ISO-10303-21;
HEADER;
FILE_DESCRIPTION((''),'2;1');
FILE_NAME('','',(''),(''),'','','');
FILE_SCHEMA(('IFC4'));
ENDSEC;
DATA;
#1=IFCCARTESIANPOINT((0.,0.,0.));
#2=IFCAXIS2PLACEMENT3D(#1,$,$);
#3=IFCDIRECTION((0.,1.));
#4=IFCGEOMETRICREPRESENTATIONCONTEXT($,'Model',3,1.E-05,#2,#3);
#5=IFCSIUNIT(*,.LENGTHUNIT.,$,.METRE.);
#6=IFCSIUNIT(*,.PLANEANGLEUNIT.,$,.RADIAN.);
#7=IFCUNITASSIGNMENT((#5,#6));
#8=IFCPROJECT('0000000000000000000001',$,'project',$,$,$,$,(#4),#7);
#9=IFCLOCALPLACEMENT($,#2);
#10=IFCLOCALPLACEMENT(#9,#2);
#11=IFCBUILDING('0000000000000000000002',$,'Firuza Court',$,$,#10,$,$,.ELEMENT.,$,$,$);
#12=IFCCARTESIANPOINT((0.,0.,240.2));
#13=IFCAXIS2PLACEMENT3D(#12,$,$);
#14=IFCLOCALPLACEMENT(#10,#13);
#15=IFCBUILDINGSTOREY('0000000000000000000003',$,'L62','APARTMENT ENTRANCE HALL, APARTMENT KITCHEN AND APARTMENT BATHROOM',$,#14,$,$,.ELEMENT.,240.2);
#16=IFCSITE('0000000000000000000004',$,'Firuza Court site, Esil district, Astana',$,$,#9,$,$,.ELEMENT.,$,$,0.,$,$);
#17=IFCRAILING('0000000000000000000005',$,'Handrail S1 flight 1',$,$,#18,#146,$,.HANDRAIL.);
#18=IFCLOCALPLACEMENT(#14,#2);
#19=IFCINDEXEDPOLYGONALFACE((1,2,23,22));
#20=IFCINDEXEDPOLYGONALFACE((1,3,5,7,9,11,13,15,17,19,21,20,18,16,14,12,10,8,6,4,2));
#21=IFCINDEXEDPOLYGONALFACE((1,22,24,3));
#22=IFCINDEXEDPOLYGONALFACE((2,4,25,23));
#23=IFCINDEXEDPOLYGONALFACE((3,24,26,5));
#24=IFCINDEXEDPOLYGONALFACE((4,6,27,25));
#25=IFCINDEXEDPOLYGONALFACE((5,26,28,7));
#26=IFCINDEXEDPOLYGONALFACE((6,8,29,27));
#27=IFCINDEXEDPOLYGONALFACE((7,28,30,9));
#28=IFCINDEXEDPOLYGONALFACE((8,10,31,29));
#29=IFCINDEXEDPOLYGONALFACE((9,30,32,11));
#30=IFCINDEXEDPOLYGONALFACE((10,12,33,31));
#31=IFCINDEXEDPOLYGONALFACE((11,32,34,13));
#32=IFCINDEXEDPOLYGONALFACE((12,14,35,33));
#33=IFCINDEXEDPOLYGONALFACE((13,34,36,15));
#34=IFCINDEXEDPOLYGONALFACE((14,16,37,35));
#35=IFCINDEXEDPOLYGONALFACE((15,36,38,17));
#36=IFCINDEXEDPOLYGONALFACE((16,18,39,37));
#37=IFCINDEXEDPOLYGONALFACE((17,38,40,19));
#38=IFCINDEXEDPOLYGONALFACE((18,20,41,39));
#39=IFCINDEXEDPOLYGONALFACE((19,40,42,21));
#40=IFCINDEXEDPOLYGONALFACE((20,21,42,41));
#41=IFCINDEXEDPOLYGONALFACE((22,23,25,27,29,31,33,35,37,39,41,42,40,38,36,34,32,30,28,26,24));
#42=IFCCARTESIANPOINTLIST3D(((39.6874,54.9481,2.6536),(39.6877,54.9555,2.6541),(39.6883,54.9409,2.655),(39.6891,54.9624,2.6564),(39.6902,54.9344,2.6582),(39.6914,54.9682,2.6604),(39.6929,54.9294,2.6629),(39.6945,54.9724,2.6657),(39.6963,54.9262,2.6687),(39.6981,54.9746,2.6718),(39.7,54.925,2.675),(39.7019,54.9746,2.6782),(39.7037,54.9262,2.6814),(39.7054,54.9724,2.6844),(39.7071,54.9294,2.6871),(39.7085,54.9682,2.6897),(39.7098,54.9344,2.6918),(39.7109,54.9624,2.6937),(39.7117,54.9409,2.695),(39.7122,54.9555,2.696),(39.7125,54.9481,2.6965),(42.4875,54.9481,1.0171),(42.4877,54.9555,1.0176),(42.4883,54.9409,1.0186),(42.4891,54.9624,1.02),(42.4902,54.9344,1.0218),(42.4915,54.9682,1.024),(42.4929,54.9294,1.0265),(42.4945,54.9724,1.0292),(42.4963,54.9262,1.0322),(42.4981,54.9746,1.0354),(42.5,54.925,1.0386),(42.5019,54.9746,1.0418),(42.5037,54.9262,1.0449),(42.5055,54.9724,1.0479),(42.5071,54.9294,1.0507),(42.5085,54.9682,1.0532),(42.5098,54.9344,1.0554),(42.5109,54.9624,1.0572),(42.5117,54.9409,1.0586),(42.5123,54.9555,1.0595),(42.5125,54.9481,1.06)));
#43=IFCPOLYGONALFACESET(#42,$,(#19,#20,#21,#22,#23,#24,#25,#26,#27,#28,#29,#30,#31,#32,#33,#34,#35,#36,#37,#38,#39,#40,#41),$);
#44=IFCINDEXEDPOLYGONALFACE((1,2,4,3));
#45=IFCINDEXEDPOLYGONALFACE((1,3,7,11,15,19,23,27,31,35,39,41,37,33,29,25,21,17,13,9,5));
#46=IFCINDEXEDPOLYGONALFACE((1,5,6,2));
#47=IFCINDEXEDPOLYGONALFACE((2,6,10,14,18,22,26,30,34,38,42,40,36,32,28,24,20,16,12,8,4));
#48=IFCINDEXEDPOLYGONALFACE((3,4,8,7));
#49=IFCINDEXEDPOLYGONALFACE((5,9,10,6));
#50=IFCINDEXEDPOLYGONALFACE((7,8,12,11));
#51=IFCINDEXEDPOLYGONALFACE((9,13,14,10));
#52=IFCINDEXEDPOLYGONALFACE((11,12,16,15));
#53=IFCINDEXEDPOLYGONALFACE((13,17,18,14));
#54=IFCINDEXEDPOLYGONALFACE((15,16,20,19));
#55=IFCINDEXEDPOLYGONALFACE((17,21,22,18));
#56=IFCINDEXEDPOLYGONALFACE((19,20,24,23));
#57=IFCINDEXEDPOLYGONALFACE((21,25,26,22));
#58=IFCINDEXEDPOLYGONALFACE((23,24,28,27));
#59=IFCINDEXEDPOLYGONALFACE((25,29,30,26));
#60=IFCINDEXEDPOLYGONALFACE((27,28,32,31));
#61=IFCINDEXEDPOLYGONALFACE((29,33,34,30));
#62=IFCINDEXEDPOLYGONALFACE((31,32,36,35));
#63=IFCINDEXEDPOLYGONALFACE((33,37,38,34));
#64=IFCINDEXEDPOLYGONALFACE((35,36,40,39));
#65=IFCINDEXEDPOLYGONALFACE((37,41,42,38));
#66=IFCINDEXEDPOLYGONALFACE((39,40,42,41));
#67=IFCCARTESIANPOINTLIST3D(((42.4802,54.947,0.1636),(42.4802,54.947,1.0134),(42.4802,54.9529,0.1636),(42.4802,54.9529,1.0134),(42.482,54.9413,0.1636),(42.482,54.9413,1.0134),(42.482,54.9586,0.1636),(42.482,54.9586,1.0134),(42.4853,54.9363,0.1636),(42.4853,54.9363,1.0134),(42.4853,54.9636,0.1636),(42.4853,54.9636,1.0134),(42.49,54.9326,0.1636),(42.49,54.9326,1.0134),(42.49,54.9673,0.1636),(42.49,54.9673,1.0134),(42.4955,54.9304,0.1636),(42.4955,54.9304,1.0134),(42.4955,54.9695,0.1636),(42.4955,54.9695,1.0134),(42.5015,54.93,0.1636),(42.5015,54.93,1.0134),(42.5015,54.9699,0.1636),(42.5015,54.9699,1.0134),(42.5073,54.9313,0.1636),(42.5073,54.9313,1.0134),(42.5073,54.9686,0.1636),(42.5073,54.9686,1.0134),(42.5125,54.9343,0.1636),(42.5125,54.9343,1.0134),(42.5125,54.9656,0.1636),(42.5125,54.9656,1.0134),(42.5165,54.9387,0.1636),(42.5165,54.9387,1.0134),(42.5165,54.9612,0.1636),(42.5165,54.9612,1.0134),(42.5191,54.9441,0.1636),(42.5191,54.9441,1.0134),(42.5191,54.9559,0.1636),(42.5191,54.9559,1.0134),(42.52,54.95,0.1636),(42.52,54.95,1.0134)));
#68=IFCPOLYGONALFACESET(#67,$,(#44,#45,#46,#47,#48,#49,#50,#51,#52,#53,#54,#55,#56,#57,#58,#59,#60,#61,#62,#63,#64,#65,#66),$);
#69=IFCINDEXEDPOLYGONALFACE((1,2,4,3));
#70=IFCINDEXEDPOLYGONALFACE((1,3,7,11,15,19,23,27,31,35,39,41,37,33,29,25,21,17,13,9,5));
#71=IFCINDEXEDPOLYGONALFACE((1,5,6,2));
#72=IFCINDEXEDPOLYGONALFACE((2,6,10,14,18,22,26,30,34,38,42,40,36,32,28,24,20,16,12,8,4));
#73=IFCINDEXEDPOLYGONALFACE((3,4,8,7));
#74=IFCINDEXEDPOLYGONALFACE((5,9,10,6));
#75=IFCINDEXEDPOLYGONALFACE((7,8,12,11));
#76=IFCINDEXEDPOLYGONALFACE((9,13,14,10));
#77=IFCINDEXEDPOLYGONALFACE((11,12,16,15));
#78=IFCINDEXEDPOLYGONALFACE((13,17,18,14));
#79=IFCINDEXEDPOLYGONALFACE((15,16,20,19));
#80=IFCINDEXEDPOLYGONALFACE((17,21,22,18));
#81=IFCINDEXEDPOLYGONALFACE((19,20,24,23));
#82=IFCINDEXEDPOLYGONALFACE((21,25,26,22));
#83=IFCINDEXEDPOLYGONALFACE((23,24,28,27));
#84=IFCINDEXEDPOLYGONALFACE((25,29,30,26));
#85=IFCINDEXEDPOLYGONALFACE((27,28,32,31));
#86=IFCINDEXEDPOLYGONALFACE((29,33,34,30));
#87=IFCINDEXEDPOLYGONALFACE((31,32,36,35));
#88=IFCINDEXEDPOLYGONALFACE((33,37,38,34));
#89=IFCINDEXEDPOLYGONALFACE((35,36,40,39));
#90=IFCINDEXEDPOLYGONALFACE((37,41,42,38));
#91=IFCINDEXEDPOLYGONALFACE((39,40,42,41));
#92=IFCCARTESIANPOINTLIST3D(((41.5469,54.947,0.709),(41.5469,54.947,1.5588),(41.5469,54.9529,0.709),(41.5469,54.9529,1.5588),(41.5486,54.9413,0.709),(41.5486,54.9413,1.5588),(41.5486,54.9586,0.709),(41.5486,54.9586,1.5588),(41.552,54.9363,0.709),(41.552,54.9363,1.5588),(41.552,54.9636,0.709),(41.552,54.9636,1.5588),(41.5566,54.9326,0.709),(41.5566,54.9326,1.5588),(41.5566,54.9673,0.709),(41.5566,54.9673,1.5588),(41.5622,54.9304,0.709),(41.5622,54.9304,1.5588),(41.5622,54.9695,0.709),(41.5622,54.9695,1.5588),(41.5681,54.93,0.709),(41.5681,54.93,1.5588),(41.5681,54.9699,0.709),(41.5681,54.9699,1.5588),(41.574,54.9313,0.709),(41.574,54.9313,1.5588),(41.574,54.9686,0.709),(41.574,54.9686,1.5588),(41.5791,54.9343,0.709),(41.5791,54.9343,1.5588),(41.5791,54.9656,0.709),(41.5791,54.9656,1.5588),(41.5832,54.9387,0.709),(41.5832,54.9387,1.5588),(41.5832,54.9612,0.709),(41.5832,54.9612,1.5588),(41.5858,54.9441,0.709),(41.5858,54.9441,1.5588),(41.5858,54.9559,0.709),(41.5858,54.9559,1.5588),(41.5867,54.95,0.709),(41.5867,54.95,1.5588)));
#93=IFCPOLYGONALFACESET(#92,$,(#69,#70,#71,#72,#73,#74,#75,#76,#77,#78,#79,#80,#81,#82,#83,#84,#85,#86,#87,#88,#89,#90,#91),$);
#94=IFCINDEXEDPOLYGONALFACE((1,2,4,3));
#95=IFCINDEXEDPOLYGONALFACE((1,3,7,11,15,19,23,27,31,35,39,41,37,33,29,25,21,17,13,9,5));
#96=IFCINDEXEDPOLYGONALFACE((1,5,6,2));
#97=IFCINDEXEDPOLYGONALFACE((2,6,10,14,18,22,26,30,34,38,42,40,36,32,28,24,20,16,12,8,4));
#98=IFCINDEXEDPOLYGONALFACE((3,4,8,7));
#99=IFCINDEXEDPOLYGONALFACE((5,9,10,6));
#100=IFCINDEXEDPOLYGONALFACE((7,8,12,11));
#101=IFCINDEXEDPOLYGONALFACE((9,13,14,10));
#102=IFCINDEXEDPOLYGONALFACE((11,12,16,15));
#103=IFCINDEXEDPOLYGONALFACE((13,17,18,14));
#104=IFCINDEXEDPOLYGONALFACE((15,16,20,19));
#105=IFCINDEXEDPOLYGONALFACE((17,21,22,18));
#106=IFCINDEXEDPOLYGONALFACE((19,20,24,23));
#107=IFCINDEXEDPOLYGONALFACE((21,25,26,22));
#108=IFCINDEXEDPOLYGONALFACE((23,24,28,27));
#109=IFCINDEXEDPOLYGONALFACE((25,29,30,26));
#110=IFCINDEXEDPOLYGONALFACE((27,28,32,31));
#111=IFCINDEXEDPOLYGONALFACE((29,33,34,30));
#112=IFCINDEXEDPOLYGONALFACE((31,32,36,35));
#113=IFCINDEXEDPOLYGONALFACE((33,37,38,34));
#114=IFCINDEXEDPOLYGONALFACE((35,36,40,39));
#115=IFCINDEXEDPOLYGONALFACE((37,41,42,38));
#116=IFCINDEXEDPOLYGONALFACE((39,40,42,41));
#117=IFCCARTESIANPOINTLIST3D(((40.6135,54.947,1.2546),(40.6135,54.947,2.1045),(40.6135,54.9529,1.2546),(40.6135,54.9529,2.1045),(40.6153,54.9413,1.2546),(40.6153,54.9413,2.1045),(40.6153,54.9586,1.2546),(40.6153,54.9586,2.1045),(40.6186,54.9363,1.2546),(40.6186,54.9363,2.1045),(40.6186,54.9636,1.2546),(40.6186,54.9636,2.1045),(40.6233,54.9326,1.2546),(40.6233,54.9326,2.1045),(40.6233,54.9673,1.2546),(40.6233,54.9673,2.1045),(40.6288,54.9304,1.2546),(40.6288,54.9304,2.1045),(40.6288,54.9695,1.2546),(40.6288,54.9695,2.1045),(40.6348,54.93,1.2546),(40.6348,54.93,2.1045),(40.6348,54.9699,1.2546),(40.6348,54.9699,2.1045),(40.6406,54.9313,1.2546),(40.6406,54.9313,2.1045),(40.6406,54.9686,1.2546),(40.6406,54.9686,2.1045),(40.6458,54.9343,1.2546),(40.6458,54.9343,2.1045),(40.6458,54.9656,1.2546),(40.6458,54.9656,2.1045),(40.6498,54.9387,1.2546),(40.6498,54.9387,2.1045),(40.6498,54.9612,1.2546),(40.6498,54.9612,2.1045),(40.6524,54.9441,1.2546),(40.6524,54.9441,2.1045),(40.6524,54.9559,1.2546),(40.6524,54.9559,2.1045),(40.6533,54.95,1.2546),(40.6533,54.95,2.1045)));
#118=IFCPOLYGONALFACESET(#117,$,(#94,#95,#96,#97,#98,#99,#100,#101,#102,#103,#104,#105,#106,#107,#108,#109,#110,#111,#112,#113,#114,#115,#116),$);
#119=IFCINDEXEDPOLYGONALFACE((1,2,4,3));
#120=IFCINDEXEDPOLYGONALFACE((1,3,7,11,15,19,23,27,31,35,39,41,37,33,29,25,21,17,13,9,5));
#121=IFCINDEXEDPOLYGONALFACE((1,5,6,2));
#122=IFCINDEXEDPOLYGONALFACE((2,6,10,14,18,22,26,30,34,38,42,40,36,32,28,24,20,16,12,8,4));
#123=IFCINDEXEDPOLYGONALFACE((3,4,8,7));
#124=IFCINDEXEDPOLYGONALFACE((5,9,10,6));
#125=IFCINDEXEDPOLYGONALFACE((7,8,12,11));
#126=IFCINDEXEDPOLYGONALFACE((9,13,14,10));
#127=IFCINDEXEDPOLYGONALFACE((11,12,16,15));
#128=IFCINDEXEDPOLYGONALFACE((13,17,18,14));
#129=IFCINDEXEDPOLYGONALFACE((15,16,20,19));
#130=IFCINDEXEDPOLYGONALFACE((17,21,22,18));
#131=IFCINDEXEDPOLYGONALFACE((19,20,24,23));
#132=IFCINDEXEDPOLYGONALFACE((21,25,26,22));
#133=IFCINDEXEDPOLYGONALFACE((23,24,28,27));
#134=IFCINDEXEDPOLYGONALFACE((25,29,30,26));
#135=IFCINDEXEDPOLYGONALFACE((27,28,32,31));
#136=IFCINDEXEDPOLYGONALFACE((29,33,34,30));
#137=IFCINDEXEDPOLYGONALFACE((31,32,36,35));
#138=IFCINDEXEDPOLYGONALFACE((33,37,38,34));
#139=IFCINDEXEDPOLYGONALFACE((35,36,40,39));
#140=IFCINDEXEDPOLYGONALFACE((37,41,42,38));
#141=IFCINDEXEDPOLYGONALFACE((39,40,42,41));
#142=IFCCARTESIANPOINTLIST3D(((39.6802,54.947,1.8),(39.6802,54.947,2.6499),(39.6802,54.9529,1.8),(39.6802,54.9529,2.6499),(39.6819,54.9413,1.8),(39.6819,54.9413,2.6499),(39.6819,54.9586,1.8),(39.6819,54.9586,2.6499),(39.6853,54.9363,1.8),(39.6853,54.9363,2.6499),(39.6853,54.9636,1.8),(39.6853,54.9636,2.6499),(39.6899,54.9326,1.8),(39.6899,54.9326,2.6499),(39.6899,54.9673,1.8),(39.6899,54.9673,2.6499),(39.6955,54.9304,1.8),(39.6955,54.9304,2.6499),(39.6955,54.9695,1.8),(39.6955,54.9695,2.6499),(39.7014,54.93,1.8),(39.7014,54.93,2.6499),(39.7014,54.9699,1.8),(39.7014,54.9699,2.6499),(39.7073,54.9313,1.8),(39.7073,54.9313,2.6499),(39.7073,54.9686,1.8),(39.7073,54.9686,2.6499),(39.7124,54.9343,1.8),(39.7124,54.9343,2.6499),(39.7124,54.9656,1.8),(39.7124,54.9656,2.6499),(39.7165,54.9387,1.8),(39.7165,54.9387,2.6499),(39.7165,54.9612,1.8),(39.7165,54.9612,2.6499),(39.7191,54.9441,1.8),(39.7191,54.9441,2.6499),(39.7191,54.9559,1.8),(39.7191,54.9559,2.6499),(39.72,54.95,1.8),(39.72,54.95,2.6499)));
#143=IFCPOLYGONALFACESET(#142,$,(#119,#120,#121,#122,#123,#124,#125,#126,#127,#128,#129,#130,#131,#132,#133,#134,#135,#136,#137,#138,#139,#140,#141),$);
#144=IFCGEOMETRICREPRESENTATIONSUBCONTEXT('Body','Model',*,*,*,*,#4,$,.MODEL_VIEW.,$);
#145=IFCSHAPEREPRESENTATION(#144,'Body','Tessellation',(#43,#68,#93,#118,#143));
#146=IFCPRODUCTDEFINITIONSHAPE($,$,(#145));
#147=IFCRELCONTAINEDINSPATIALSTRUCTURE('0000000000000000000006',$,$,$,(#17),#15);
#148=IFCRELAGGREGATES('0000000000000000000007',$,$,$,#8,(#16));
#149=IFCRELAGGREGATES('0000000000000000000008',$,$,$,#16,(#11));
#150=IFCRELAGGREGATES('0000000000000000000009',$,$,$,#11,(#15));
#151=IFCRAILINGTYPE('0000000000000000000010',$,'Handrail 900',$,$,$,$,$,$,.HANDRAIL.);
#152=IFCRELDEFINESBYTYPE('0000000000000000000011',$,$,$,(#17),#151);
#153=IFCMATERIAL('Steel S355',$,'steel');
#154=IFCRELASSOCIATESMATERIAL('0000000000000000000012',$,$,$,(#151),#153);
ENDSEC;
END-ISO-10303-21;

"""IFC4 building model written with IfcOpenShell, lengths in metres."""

from ifc_helpers import new_model, si_unit, direction, frame, origin, origin_2d, place, context, subcontext, project, spatial, circle, extrude, material, type_object, element, save


model = new_model("IFC4")

# Units and contexts
model_context = context("Model", 3, precision=1e-05, world=origin(), true_north=direction((0.0, 1.0)))
body_context = subcontext(model_context, "Body", "Model", "MODEL_VIEW")
ifc_project = project(units=[si_unit("LENGTHUNIT", "METRE"), si_unit("PLANEANGLEUNIT", "RADIAN")], contexts=[model_context])

# Site, building, storey
site_placement = place(None, origin())
site = spatial("IfcSite", under=ifc_project, at=site_placement, Name="Firuza Court site, Esil district, Astana", CompositionType="ELEMENT", RefElevation=0.0)
building_placement = place(site_placement, origin())
building = spatial("IfcBuilding", under=site, at=building_placement, Name="Firuza Court", CompositionType="ELEMENT")
storey_placement = place(building_placement, frame((0.0, 0.0, 240.2)))
storey = spatial("IfcBuildingStorey", under=building, at=storey_placement, Name="L62", Description="APARTMENT ENTRANCE HALL, APARTMENT KITCHEN AND APARTMENT BATHROOM", CompositionType="ELEMENT", Elevation=240.2)

# Railing
ifc_material_1 = material(Name="Steel S355", Category="steel")
railing_type_1 = type_object("IfcRailingType", Name="Handrail 900", PredefinedType="HANDRAIL", material=ifc_material_1)
railing_1_placement = place(storey_placement, frame((42.5, 54.95, 0.1636)))
element("IfcRailing", 1, at=railing_1_placement, inside=storey, type_object=railing_type_1, Name="Handrail S1 flight 1", PredefinedType="HANDRAIL", context=body_context, shape_type="SweptSolid", body=[
    extrude(circle(Radius=0.0249, at=origin_2d()), frame((0.0, 0.0, 0.875), z_axis=(-0.863361, 0.0, 0.504587), x_axis=(0.0, -1.0, 0.0)), (0.0, 0.0, 1.0), 3.2432),
    extrude(circle(Radius=0.02, at=origin_2d()), origin(), (0.0, 0.0, 1.0), 0.8499),
    extrude(circle(Radius=0.02, at=origin_2d()), frame((-0.9333, 0.0, 0.5454)), (0.0, 0.0, 1.0), 0.8499),
    extrude(circle(Radius=0.02, at=origin_2d()), frame((-1.8667, 0.0, 1.0911)), (0.0, 0.0, 1.0), 0.8499),
    extrude(circle(Radius=0.02, at=origin_2d()), frame((-2.8, 0.0, 1.6365)), (0.0, 0.0, 1.0), 0.8499),
])

save(model, "model.ifc")
